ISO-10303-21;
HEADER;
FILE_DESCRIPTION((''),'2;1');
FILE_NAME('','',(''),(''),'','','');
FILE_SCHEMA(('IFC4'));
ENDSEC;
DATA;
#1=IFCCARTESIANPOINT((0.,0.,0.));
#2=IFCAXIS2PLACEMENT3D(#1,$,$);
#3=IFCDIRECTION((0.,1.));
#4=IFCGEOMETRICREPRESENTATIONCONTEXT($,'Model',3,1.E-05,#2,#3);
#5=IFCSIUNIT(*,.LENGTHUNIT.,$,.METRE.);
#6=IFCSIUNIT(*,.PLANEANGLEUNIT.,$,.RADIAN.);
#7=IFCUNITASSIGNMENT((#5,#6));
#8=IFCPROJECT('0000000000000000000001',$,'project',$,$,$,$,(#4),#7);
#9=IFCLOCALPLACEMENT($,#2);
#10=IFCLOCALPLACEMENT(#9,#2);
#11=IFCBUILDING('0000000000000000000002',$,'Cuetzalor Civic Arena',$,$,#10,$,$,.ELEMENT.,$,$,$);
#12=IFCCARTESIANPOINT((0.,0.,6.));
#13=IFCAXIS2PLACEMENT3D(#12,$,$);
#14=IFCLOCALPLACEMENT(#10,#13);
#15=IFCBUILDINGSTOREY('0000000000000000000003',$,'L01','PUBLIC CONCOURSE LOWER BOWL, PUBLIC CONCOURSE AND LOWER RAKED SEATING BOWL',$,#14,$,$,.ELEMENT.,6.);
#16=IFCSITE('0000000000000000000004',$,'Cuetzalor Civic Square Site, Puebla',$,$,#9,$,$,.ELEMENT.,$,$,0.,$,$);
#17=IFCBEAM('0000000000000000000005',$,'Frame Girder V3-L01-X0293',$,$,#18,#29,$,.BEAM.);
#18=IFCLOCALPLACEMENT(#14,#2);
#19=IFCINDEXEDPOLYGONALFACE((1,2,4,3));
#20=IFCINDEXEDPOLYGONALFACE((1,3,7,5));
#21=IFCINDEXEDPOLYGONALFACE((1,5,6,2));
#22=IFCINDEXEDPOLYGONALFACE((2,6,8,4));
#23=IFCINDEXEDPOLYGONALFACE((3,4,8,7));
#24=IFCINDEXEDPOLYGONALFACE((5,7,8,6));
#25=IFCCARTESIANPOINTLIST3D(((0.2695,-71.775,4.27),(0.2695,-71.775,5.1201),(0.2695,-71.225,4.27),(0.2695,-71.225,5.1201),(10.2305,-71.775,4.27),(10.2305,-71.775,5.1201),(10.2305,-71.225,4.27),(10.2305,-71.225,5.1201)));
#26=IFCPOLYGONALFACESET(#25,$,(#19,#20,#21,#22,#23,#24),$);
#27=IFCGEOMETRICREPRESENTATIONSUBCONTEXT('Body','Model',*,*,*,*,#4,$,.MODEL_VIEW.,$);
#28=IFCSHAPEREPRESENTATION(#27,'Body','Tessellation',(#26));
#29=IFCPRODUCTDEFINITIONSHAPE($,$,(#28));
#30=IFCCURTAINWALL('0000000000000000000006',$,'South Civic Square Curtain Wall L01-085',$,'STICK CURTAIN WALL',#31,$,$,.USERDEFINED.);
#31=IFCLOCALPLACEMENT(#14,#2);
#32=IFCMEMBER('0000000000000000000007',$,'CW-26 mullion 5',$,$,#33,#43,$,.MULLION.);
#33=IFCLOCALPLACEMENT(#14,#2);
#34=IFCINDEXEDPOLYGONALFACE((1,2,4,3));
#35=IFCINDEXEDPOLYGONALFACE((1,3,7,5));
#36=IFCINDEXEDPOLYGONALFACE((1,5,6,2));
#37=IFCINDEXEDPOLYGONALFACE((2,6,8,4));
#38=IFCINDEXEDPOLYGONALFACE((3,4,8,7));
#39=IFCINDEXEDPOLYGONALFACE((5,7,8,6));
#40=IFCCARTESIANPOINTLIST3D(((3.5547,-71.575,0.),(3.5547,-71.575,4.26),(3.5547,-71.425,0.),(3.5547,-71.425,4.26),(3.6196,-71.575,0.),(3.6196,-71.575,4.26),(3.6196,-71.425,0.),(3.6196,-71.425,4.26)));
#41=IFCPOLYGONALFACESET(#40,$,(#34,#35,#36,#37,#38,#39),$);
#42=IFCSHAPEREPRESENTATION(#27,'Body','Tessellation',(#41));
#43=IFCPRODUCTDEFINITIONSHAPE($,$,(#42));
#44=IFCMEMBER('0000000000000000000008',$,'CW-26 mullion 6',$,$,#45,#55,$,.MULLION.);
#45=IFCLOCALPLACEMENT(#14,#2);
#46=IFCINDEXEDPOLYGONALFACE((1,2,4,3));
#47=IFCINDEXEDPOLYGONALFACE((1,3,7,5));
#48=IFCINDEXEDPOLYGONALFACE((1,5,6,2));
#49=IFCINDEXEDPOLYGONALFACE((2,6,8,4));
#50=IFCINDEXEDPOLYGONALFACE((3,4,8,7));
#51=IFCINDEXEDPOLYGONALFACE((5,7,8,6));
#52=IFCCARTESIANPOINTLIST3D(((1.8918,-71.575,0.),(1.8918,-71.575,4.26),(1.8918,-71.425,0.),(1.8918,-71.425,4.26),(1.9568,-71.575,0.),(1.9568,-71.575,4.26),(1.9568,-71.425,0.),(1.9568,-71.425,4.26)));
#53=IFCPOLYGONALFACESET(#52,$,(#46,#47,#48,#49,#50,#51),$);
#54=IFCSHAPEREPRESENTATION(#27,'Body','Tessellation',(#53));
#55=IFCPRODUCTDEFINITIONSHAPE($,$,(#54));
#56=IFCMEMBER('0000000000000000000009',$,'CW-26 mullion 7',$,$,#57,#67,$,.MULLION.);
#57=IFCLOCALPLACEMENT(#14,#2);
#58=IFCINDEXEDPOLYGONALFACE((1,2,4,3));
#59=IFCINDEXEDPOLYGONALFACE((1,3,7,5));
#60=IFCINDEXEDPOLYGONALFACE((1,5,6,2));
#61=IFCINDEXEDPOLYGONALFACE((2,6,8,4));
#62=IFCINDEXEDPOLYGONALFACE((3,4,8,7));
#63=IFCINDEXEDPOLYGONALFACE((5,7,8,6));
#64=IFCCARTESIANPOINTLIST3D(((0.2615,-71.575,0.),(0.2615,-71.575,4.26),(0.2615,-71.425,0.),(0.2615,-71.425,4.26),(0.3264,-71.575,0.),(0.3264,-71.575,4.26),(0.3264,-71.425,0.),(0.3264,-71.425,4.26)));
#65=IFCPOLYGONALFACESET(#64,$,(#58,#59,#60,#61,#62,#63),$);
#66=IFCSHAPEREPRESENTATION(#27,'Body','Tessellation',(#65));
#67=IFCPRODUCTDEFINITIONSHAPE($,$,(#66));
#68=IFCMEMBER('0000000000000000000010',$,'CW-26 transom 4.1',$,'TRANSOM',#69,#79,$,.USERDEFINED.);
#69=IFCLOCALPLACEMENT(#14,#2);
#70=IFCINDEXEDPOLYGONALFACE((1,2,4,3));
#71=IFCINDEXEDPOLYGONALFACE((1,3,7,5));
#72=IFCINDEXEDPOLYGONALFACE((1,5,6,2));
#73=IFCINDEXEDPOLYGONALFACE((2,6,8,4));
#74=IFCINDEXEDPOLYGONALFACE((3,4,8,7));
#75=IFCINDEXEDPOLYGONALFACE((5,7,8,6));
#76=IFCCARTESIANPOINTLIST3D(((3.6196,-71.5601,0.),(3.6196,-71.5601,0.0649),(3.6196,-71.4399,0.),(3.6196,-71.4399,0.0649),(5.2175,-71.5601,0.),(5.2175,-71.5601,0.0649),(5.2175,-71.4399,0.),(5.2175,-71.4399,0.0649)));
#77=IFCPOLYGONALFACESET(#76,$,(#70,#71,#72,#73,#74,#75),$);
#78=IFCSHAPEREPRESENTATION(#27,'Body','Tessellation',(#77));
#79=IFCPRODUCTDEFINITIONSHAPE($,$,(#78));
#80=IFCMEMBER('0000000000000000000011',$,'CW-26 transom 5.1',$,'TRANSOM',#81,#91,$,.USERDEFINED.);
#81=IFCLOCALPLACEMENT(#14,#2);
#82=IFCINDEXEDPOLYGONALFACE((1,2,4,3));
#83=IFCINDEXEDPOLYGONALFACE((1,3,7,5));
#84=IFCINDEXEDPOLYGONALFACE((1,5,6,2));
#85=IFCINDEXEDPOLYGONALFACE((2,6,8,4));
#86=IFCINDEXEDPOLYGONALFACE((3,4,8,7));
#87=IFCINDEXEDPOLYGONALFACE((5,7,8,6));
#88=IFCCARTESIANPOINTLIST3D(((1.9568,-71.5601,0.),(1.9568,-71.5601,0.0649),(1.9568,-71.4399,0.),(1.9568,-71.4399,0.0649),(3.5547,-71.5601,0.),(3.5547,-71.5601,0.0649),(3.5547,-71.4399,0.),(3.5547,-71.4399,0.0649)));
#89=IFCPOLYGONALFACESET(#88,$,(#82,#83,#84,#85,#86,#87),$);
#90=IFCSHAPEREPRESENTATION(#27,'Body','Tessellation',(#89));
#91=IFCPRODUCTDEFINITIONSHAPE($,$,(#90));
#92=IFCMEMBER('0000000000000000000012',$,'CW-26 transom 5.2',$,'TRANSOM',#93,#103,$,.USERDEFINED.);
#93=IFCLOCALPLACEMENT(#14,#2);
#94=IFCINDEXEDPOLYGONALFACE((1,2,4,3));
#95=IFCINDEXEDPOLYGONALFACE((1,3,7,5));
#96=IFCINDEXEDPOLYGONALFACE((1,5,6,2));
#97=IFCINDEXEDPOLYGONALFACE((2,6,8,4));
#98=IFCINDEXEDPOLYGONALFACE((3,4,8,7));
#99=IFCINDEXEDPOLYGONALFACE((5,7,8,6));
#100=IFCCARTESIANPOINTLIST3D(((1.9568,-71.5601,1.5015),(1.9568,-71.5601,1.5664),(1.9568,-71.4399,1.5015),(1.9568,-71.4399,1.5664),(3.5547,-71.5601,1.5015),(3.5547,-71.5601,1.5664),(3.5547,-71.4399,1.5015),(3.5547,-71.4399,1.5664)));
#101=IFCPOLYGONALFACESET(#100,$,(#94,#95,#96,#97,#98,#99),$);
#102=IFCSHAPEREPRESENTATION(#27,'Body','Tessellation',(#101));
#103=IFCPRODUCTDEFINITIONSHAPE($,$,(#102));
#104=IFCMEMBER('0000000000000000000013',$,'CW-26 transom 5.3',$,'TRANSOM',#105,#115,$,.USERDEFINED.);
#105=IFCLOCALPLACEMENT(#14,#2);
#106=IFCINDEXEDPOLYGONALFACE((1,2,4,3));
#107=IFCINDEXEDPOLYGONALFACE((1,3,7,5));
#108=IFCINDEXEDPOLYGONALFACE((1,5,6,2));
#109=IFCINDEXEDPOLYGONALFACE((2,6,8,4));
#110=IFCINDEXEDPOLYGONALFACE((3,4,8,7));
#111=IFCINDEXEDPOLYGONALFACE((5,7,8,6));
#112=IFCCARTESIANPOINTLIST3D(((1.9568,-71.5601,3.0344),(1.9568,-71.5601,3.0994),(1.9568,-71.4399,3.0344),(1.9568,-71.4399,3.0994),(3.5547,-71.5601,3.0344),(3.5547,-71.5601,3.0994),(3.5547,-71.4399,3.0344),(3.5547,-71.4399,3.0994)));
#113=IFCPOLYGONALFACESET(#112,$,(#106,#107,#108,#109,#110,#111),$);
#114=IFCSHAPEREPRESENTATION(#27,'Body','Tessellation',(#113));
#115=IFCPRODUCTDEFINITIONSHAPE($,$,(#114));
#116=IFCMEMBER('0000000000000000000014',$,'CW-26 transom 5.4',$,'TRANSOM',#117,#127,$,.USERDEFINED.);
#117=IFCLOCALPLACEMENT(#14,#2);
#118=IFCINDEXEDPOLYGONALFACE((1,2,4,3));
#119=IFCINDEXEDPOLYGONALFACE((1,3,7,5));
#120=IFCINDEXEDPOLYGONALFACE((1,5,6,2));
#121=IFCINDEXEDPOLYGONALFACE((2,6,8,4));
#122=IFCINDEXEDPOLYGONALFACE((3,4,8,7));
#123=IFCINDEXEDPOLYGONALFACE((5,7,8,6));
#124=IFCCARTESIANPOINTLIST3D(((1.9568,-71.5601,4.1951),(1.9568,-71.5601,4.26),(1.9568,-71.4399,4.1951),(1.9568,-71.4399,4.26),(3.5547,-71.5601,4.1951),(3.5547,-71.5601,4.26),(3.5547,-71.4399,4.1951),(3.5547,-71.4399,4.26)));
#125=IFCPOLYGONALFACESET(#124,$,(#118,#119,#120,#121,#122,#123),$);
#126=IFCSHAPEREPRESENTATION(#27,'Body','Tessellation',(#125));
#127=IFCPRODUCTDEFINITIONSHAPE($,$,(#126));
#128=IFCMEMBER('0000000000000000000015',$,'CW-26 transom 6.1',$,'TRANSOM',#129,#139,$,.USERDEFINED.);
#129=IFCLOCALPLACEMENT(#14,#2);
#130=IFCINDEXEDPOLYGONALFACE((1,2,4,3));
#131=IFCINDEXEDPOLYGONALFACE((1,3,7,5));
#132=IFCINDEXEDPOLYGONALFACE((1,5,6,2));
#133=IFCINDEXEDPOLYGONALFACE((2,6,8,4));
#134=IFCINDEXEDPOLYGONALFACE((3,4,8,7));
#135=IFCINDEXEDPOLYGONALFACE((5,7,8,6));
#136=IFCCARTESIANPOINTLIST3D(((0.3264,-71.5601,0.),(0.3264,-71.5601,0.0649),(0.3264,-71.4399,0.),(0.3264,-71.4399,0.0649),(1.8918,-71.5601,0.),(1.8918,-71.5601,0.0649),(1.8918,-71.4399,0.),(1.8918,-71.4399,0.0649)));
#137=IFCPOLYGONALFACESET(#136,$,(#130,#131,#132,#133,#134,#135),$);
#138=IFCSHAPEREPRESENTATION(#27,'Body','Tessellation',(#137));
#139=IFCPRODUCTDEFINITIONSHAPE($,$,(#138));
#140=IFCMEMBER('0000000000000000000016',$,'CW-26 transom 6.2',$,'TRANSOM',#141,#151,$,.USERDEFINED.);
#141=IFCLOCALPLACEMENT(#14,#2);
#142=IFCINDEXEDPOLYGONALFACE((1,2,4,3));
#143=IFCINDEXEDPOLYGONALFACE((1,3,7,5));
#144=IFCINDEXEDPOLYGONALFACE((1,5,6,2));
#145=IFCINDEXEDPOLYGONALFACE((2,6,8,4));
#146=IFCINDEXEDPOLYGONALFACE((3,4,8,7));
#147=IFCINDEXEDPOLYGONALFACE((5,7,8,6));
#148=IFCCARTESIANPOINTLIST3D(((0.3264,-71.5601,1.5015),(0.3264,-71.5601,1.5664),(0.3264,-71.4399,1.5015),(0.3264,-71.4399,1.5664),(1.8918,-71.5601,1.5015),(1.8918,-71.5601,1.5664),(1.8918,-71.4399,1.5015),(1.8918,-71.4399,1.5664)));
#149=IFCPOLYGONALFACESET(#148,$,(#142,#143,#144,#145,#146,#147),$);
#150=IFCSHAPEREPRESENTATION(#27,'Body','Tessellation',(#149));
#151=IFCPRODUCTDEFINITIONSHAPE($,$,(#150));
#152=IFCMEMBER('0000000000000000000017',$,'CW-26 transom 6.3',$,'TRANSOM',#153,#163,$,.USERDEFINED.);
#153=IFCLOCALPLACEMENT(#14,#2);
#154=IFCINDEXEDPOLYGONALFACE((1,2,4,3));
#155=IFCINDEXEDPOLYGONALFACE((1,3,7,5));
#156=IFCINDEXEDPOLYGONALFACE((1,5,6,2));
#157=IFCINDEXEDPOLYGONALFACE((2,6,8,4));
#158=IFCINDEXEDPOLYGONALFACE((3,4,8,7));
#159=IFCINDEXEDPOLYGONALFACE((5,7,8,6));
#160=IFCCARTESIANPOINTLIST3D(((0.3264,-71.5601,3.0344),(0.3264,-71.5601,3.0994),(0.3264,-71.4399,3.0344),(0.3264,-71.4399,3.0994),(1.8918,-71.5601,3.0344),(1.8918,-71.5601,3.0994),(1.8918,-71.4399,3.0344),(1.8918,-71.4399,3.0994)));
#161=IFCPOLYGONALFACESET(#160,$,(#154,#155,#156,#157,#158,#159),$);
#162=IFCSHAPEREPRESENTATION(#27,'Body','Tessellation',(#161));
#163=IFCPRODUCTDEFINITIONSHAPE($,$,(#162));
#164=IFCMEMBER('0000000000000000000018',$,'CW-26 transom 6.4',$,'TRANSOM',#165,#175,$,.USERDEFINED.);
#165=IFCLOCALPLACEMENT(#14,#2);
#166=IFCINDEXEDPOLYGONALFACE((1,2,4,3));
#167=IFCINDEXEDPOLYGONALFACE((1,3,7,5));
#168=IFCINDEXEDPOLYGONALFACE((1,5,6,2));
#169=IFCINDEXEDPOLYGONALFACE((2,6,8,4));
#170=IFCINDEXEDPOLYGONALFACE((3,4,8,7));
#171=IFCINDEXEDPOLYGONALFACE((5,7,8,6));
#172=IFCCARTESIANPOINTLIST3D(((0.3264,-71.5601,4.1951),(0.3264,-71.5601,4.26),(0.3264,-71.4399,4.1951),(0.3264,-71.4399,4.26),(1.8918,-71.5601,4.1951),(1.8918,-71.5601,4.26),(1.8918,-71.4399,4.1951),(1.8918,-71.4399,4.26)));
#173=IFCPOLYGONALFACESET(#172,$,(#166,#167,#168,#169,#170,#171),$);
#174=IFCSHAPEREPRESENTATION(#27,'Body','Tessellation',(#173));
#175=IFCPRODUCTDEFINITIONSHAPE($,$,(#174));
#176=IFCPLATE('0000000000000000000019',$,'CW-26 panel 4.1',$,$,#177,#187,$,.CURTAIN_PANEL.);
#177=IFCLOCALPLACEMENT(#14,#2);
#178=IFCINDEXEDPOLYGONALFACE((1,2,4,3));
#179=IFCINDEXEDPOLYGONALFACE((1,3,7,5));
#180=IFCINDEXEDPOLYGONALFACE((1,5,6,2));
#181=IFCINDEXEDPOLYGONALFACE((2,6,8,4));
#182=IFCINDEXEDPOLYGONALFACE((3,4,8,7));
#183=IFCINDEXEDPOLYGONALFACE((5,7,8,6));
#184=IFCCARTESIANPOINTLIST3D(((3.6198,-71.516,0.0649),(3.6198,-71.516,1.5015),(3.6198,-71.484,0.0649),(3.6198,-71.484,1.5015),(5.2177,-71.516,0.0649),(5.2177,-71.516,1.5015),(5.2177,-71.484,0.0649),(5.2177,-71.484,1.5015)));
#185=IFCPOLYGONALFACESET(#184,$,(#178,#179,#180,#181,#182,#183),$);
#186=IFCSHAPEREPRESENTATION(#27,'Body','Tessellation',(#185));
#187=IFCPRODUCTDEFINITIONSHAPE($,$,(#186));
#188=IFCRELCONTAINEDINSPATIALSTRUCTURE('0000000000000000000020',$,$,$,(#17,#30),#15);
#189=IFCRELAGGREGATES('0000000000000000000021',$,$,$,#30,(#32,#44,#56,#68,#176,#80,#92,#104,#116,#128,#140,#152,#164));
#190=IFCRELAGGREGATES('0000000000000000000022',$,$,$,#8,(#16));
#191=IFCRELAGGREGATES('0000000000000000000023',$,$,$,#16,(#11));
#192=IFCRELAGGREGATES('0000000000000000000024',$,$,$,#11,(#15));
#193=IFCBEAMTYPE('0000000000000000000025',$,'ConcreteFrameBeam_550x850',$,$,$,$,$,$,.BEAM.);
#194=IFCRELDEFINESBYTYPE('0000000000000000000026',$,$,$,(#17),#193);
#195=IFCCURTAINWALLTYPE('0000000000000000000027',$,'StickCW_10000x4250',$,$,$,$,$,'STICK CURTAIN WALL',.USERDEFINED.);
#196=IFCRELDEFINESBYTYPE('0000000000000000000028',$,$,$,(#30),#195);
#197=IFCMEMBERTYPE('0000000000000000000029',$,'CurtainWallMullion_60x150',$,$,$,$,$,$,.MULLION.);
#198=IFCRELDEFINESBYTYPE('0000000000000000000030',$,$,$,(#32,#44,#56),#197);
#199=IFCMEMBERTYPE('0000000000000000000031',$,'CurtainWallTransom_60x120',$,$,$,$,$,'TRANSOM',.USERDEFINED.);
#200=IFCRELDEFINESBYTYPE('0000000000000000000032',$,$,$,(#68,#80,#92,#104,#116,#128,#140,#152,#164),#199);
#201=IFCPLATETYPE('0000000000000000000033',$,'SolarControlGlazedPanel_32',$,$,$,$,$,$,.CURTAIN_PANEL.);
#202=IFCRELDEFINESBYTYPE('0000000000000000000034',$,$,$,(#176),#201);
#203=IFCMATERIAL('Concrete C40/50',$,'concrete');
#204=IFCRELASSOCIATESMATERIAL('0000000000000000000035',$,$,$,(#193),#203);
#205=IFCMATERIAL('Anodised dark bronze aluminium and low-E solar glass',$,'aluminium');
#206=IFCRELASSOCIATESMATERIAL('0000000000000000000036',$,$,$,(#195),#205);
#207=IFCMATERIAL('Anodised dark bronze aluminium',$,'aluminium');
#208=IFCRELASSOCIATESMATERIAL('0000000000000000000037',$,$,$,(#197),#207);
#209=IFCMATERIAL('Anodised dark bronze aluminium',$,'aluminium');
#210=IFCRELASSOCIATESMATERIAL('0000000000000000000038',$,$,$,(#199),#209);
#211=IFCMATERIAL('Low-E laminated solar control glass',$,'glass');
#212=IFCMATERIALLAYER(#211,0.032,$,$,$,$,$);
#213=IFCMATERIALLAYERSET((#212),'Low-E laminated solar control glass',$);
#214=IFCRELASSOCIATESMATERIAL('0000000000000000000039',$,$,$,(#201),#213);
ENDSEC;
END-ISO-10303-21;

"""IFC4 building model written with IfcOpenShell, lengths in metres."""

from ifc_helpers import new_model, si_unit, direction, frame, origin, origin_2d, place, context, subcontext, project, spatial, rectangle, extrude, material, layer, layer_set, material_profile, profile_set, type_object, element, aggregate, save


model = new_model("IFC4")

# Units and contexts
model_context = context("Model", 3, precision=1e-05, world=origin(), true_north=direction((0.0, 1.0)))
body_context = subcontext(model_context, "Body", "Model", "MODEL_VIEW")
ifc_project = project(units=[si_unit("LENGTHUNIT", "METRE"), si_unit("PLANEANGLEUNIT", "RADIAN")], contexts=[model_context])

# Site, building, storey
site_placement = place(None, origin())
site = spatial("IfcSite", under=ifc_project, at=site_placement, Name="Cuetzalor Civic Square Site, Puebla", CompositionType="ELEMENT", RefElevation=0.0)
building_placement = place(site_placement, origin())
building = spatial("IfcBuilding", under=site, at=building_placement, Name="Cuetzalor Civic Arena", CompositionType="ELEMENT")
storey_placement = place(building_placement, frame((0.0, 0.0, 6.0)))
storey = spatial("IfcBuildingStorey", under=building, at=storey_placement, Name="L01", Description="PUBLIC CONCOURSE LOWER BOWL, PUBLIC CONCOURSE AND LOWER RAKED SEATING BOWL", CompositionType="ELEMENT", Elevation=6.0)

# Beam
ifc_material_1 = material(Name="Concrete C40/50", Category="concrete")
ifc_material_profile_1 = material_profile(ifc_material_1, rectangle(XDim=0.55, YDim=0.8501, at=origin_2d()), Name="RC 550x850")
ifc_profile_set_1 = profile_set([ifc_material_profile_1], Name="Concrete C40/50")
beam_type = type_object("IfcBeamType", Name="ConcreteFrameBeam_550x850", PredefinedType="BEAM", material=ifc_profile_set_1)
beam_placement = place(storey_placement, frame((0.2695, -71.5, 4.6951), z_axis=(1.0, 0.0, 0.0), x_axis=(0.0, 1.0, 0.0)))
element("IfcBeam", 1, at=beam_placement, inside=storey, type_object=beam_type, Name="Frame Girder V3-L01-X0293", PredefinedType="BEAM", context=body_context, shape_type="SweptSolid", body=[
    extrude(rectangle(XDim=0.55, YDim=0.8501, at=origin_2d()), origin(), (0.0, 0.0, 1.0), 9.9609),
])

# Curtain wall, members, plate
ifc_material_2 = material(Name="Anodised dark bronze aluminium and low-E solar glass", Category="aluminium")
curtain_wall_type = type_object("IfcCurtainWallType", Name="StickCW_10000x4250", ElementType="STICK CURTAIN WALL", PredefinedType="USERDEFINED", material=ifc_material_2)
curtain_wall_placement = place(storey_placement, origin())
curtain_wall = element("IfcCurtainWall", 2, at=curtain_wall_placement, inside=storey, type_object=curtain_wall_type, Name="South Civic Square Curtain Wall L01-085", ObjectType="STICK CURTAIN WALL", PredefinedType="USERDEFINED")
ifc_material_3 = material(Name="Anodised dark bronze aluminium", Category="aluminium")
ifc_material_profile_2 = material_profile(ifc_material_3, rectangle(XDim=0.0649, YDim=0.1499, at=origin_2d()), Name="ALU MULLION 65x150")
ifc_profile_set_2 = profile_set([ifc_material_profile_2], Name="Anodised dark bronze aluminium")
member_type_1 = type_object("IfcMemberType", Name="CurtainWallMullion_60x150", PredefinedType="MULLION", material=ifc_profile_set_2)
member_1_placement = place(storey_placement, frame((3.5872, -71.5, 0.0), z_axis=(0.0, 0.0, 1.0), x_axis=(-1.0, 0.0, 0.0)))
member_1 = element("IfcMember", 3, at=member_1_placement, type_object=member_type_1, Name="CW-26 mullion 5", PredefinedType="MULLION", context=body_context, shape_type="SweptSolid", body=[
    extrude(rectangle(XDim=0.0649, YDim=0.1499, at=origin_2d()), origin(), (0.0, 0.0, 1.0), 4.26),
])
member_2_placement = place(storey_placement, frame((1.9243, -71.5, 0.0), z_axis=(0.0, 0.0, 1.0), x_axis=(-1.0, 0.0, 0.0)))
member_2 = element("IfcMember", 4, at=member_2_placement, type_object=member_type_1, Name="CW-26 mullion 6", PredefinedType="MULLION", context=body_context, shape_type="SweptSolid", body=[
    extrude(rectangle(XDim=0.0649, YDim=0.1499, at=origin_2d()), origin(), (0.0, 0.0, 1.0), 4.26),
])
member_3_placement = place(storey_placement, frame((0.2939, -71.5, 0.0), z_axis=(0.0, 0.0, 1.0), x_axis=(-1.0, 0.0, 0.0)))
member_3 = element("IfcMember", 5, at=member_3_placement, type_object=member_type_1, Name="CW-26 mullion 7", PredefinedType="MULLION", context=body_context, shape_type="SweptSolid", body=[
    extrude(rectangle(XDim=0.0649, YDim=0.1499, at=origin_2d()), origin(), (0.0, 0.0, 1.0), 4.26),
])
ifc_material_4 = material(Name="Anodised dark bronze aluminium", Category="aluminium")
ifc_material_profile_3 = material_profile(ifc_material_4, rectangle(XDim=0.1201, YDim=0.0649, at=origin_2d()), Name="ALU TRANSOM 65x120")
ifc_profile_set_3 = profile_set([ifc_material_profile_3], Name="Anodised dark bronze aluminium")
member_type_2 = type_object("IfcMemberType", Name="CurtainWallTransom_60x120", ElementType="TRANSOM", PredefinedType="USERDEFINED", material=ifc_profile_set_3)
member_4_placement = place(storey_placement, frame((5.2175, -71.5, 0.0325), z_axis=(-1.0, 0.0, 0.0), x_axis=(0.0, -1.0, 0.0)))
member_4 = element("IfcMember", 6, at=member_4_placement, type_object=member_type_2, Name="CW-26 transom 4.1", ObjectType="TRANSOM", PredefinedType="USERDEFINED", context=body_context, shape_type="SweptSolid", body=[
    extrude(rectangle(XDim=0.1201, YDim=0.0649, at=origin_2d()), origin(), (0.0, 0.0, 1.0), 1.5979),
])
member_5_placement = place(storey_placement, frame((3.5547, -71.5, 0.0325), z_axis=(-1.0, 0.0, 0.0), x_axis=(0.0, -1.0, 0.0)))
member_5 = element("IfcMember", 7, at=member_5_placement, type_object=member_type_2, Name="CW-26 transom 5.1", ObjectType="TRANSOM", PredefinedType="USERDEFINED", context=body_context, shape_type="SweptSolid", body=[
    extrude(rectangle(XDim=0.1201, YDim=0.0649, at=origin_2d()), origin(), (0.0, 0.0, 1.0), 1.5979),
])
member_6_placement = place(storey_placement, frame((3.5547, -71.5, 1.5339), z_axis=(-1.0, 0.0, 0.0), x_axis=(0.0, -1.0, 0.0)))
member_6 = element("IfcMember", 8, at=member_6_placement, type_object=member_type_2, Name="CW-26 transom 5.2", ObjectType="TRANSOM", PredefinedType="USERDEFINED", context=body_context, shape_type="SweptSolid", body=[
    extrude(rectangle(XDim=0.1201, YDim=0.0649, at=origin_2d()), origin(), (0.0, 0.0, 1.0), 1.5979),
])
member_7_placement = place(storey_placement, frame((3.5547, -71.5, 3.0669), z_axis=(-1.0, 0.0, 0.0), x_axis=(0.0, -1.0, 0.0)))
member_7 = element("IfcMember", 9, at=member_7_placement, type_object=member_type_2, Name="CW-26 transom 5.3", ObjectType="TRANSOM", PredefinedType="USERDEFINED", context=body_context, shape_type="SweptSolid", body=[
    extrude(rectangle(XDim=0.1201, YDim=0.0649, at=origin_2d()), origin(), (0.0, 0.0, 1.0), 1.5979),
])
member_8_placement = place(storey_placement, frame((3.5547, -71.5, 4.2275), z_axis=(-1.0, 0.0, 0.0), x_axis=(0.0, -1.0, 0.0)))
member_8 = element("IfcMember", 10, at=member_8_placement, type_object=member_type_2, Name="CW-26 transom 5.4", ObjectType="TRANSOM", PredefinedType="USERDEFINED", context=body_context, shape_type="SweptSolid", body=[
    extrude(rectangle(XDim=0.1201, YDim=0.0649, at=origin_2d()), origin(), (0.0, 0.0, 1.0), 1.5979),
])
member_9_placement = place(storey_placement, frame((1.8918, -71.5, 0.0325), z_axis=(-1.0, 0.0, 0.0), x_axis=(0.0, -1.0, 0.0)))
member_9 = element("IfcMember", 11, at=member_9_placement, type_object=member_type_2, Name="CW-26 transom 6.1", ObjectType="TRANSOM", PredefinedType="USERDEFINED", context=body_context, shape_type="SweptSolid", body=[
    extrude(rectangle(XDim=0.1201, YDim=0.0649, at=origin_2d()), origin(), (0.0, 0.0, 1.0), 1.5654),
])
member_10_placement = place(storey_placement, frame((1.8918, -71.5, 1.5339), z_axis=(-1.0, 0.0, 0.0), x_axis=(0.0, -1.0, 0.0)))
member_10 = element("IfcMember", 12, at=member_10_placement, type_object=member_type_2, Name="CW-26 transom 6.2", ObjectType="TRANSOM", PredefinedType="USERDEFINED", context=body_context, shape_type="SweptSolid", body=[
    extrude(rectangle(XDim=0.1201, YDim=0.0649, at=origin_2d()), origin(), (0.0, 0.0, 1.0), 1.5654),
])
member_11_placement = place(storey_placement, frame((1.8918, -71.5, 3.0669), z_axis=(-1.0, 0.0, 0.0), x_axis=(0.0, -1.0, 0.0)))
member_11 = element("IfcMember", 13, at=member_11_placement, type_object=member_type_2, Name="CW-26 transom 6.3", ObjectType="TRANSOM", PredefinedType="USERDEFINED", context=body_context, shape_type="SweptSolid", body=[
    extrude(rectangle(XDim=0.1201, YDim=0.0649, at=origin_2d()), origin(), (0.0, 0.0, 1.0), 1.5654),
])
member_12_placement = place(storey_placement, frame((1.8918, -71.5, 4.2275), z_axis=(-1.0, 0.0, 0.0), x_axis=(0.0, -1.0, 0.0)))
member_12 = element("IfcMember", 14, at=member_12_placement, type_object=member_type_2, Name="CW-26 transom 6.4", ObjectType="TRANSOM", PredefinedType="USERDEFINED", context=body_context, shape_type="SweptSolid", body=[
    extrude(rectangle(XDim=0.1201, YDim=0.0649, at=origin_2d()), origin(), (0.0, 0.0, 1.0), 1.5654),
])
ifc_material_5 = material(Name="Low-E laminated solar control glass", Category="glass")
ifc_layer = layer(ifc_material_5, 0.032)
ifc_layer_set = layer_set([ifc_layer], Name="Low-E laminated solar control glass")
plate_type = type_object("IfcPlateType", Name="SolarControlGlazedPanel_32", PredefinedType="CURTAIN_PANEL", material=ifc_layer_set)
plate_1_placement = place(storey_placement, frame((4.4187, -71.5, 0.0649), z_axis=(0.0, 0.0, 1.0), x_axis=(-1.0, 0.0, 0.0)))
plate_1 = element("IfcPlate", 15, at=plate_1_placement, type_object=plate_type, Name="CW-26 panel 4.1", PredefinedType="CURTAIN_PANEL", context=body_context, shape_type="SweptSolid", body=[
    extrude(rectangle(XDim=1.5979, YDim=0.032, at=origin_2d()), origin(), (0.0, 0.0, 1.0), 1.4365),
])
aggregate(curtain_wall, [member_1, member_2, member_3, member_4, plate_1, member_5, member_6, member_7, member_8, member_9, member_10, member_11, member_12])

save(model, "model.ifc")
